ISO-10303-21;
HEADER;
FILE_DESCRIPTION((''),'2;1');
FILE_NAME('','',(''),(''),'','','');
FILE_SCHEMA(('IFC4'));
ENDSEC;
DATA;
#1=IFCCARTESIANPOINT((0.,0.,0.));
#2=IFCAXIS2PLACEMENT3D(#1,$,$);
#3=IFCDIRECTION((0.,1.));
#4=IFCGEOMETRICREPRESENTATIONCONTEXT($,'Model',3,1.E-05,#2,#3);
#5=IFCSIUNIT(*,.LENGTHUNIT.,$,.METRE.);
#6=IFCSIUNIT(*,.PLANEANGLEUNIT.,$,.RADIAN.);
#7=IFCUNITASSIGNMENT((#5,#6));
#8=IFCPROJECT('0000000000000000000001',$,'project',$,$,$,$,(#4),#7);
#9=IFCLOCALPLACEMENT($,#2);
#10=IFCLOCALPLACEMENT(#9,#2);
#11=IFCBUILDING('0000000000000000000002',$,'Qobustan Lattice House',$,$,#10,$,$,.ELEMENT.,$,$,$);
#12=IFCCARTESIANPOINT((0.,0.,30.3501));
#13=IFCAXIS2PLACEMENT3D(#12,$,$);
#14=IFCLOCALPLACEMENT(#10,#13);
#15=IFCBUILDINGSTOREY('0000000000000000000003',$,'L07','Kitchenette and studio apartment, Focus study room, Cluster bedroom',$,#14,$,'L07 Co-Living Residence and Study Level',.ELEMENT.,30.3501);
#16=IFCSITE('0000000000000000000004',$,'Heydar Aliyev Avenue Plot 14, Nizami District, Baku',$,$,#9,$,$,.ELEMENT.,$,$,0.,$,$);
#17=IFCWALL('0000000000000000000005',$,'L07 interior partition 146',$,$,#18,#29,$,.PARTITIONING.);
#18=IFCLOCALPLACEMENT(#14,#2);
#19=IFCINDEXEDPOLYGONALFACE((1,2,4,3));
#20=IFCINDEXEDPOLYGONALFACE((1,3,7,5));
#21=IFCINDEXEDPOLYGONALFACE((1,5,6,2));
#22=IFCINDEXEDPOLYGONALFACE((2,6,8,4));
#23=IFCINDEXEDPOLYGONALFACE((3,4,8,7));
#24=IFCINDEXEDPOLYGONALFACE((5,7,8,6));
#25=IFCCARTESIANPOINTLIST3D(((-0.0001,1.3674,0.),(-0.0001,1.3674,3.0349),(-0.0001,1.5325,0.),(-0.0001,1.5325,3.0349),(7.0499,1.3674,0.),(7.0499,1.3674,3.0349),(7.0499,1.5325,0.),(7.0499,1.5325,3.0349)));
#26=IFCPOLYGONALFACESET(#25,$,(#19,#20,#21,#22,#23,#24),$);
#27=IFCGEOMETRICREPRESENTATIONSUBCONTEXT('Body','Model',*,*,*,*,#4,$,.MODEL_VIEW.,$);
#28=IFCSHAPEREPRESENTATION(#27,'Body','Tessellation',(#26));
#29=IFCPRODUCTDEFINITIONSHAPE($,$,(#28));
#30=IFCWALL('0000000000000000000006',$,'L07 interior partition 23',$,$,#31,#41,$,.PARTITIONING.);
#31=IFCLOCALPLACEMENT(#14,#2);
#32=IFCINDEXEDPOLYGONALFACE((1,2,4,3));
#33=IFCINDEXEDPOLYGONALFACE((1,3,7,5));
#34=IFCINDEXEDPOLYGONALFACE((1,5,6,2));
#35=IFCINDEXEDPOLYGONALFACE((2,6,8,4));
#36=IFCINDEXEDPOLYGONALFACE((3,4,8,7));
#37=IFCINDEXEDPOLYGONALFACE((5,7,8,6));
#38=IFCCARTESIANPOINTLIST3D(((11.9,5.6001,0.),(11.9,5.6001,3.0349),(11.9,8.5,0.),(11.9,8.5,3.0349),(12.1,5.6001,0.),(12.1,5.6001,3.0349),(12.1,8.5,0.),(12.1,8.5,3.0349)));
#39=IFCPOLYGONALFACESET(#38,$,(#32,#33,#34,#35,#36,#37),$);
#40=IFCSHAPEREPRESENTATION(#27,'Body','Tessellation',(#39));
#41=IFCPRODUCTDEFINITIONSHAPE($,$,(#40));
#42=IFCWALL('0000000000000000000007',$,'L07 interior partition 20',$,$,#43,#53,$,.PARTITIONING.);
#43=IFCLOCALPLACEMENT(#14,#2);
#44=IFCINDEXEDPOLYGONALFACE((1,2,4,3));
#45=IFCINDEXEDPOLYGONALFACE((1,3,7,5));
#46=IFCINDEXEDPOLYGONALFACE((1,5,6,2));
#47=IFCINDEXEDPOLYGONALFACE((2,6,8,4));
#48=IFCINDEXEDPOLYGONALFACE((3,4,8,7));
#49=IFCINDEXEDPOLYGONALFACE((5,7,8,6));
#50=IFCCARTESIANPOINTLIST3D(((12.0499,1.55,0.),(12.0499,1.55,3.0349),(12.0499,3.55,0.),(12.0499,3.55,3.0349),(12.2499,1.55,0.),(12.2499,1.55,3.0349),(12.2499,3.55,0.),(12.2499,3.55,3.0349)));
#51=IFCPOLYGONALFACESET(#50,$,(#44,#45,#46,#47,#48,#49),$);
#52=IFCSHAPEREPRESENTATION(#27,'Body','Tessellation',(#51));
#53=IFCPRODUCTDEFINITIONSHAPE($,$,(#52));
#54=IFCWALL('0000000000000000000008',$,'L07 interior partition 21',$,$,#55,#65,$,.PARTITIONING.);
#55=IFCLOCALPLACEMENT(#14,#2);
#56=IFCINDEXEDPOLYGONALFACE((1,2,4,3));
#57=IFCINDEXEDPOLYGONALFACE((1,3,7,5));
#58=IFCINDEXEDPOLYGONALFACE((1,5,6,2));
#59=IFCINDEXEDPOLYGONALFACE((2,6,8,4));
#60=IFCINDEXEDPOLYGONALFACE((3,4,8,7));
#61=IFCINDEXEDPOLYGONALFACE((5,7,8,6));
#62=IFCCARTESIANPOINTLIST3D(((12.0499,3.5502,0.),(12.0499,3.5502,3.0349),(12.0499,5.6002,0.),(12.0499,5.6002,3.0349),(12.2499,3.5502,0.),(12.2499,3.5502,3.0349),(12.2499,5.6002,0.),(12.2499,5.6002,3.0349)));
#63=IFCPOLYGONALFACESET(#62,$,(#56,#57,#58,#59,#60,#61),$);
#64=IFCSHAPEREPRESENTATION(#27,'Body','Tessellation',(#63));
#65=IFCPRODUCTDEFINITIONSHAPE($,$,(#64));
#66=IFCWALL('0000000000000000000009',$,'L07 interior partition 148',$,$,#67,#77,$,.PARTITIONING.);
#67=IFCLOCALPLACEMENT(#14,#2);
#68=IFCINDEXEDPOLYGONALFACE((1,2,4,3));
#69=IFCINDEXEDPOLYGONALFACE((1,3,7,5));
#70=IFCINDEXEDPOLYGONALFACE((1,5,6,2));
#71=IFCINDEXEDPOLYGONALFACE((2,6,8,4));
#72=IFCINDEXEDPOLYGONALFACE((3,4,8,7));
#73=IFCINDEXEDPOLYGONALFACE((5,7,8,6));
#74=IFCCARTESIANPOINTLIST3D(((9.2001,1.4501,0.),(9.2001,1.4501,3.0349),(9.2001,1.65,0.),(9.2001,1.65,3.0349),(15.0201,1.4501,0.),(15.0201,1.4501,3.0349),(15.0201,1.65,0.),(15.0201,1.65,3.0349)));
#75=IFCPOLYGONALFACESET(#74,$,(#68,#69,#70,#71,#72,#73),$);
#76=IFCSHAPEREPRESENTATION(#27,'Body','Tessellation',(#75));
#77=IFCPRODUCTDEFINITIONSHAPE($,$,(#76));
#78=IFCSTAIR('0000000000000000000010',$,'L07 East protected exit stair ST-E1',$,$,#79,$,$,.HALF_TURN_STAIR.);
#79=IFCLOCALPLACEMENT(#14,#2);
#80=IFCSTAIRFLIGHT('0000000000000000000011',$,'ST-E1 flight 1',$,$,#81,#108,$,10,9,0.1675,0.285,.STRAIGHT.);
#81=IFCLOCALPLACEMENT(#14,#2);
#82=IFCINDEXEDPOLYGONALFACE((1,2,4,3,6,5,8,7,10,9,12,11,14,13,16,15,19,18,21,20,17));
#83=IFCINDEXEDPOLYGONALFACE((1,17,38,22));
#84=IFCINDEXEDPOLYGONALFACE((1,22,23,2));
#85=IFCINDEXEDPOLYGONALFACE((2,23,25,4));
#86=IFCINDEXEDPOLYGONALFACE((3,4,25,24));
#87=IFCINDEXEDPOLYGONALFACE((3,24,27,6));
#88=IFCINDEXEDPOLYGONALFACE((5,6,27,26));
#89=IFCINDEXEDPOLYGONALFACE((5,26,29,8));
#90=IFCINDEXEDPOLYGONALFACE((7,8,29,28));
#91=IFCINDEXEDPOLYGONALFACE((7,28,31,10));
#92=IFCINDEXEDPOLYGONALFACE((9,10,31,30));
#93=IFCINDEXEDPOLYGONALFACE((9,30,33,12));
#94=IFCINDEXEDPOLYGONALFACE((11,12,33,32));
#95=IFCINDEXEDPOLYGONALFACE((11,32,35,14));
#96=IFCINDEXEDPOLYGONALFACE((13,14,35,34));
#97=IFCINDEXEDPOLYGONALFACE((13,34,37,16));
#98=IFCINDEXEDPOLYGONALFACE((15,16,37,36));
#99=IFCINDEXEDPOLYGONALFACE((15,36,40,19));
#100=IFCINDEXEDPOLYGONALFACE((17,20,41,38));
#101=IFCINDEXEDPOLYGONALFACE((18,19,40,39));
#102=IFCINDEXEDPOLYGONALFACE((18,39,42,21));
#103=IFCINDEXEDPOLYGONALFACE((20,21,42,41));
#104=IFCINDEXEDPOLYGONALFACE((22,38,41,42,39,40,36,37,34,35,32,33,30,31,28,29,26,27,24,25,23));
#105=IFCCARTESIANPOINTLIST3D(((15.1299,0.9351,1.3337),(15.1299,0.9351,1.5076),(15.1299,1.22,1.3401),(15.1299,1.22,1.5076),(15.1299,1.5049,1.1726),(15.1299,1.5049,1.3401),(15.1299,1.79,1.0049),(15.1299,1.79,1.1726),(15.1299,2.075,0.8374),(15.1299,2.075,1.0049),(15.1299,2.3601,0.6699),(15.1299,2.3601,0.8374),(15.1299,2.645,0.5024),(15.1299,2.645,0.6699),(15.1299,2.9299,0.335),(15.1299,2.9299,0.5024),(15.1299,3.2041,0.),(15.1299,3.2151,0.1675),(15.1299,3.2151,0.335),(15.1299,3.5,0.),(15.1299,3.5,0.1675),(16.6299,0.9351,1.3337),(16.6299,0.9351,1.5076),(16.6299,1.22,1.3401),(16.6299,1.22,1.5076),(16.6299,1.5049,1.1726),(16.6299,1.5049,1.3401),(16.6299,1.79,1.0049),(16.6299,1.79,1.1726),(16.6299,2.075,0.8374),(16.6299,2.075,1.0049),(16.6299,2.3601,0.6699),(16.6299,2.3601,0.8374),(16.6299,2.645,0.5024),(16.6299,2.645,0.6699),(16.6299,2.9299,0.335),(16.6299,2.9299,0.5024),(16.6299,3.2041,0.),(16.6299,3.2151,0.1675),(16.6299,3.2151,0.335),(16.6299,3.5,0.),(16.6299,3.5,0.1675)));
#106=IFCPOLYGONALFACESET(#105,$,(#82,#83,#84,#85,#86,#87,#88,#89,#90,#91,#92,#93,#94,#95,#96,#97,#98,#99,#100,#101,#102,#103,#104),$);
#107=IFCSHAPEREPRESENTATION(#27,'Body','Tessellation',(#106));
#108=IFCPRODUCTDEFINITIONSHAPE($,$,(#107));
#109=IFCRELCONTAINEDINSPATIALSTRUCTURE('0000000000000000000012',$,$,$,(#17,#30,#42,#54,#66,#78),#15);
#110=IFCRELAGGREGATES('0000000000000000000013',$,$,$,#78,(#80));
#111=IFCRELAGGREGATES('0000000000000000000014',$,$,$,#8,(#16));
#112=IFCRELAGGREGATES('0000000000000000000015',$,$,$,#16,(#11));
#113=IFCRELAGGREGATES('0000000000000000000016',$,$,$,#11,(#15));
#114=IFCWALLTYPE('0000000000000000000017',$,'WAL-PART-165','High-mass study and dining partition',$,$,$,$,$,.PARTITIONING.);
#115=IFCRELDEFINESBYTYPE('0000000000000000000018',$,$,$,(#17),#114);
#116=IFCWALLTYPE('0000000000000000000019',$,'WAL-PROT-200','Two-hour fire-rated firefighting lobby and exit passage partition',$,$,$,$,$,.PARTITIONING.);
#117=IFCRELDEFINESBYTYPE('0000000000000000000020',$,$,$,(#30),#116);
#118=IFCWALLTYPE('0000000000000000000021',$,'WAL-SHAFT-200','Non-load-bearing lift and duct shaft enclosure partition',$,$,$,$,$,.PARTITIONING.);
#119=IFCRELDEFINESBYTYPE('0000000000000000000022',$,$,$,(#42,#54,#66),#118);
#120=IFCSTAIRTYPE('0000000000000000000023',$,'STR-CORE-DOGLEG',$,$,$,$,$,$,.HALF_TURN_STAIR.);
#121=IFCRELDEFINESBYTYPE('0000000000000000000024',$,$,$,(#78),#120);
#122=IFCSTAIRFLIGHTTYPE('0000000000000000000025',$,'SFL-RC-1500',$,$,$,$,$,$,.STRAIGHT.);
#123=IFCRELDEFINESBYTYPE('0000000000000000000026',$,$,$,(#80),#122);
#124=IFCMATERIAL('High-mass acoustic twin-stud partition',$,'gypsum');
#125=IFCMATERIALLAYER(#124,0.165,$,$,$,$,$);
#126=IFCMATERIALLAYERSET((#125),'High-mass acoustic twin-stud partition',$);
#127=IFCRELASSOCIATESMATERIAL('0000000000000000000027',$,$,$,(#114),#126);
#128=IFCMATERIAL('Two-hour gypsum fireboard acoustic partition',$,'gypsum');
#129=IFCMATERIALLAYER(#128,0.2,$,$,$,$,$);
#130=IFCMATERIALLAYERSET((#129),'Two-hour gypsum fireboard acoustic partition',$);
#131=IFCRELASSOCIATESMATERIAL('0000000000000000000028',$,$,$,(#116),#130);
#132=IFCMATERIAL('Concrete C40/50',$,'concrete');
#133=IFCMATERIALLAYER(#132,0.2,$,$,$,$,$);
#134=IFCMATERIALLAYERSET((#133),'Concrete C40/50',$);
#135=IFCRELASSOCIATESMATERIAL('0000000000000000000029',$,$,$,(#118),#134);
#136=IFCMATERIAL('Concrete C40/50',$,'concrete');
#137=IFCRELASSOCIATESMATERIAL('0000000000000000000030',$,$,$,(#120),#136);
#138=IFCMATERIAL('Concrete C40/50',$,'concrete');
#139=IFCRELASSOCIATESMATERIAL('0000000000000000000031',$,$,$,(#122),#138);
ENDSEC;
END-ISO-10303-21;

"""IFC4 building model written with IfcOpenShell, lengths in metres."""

from ifc_helpers import new_model, si_unit, direction, frame, frame_2d, origin, place, context, subcontext, project, spatial, polyline, rectangle, outline, extrude, material, layer, layer_set, type_object, element, aggregate, save


model = new_model("IFC4")

# Units and contexts
model_context = context("Model", 3, precision=1e-05, world=origin(), true_north=direction((0.0, 1.0)))
body_context = subcontext(model_context, "Body", "Model", "MODEL_VIEW")
ifc_project = project(units=[si_unit("LENGTHUNIT", "METRE"), si_unit("PLANEANGLEUNIT", "RADIAN")], contexts=[model_context])

# Site, building, storey
site_placement = place(None, origin())
site = spatial("IfcSite", under=ifc_project, at=site_placement, Name="Heydar Aliyev Avenue Plot 14, Nizami District, Baku", CompositionType="ELEMENT", RefElevation=0.0)
building_placement = place(site_placement, origin())
building = spatial("IfcBuilding", under=site, at=building_placement, Name="Qobustan Lattice House", CompositionType="ELEMENT")
storey_placement = place(building_placement, frame((0.0, 0.0, 30.3501)))
storey = spatial("IfcBuildingStorey", under=building, at=storey_placement, Name="L07", Description="Kitchenette and studio apartment, Focus study room, Cluster bedroom", LongName="L07 Co-Living Residence and Study Level", CompositionType="ELEMENT", Elevation=30.3501)

# Shared definitions
ifc_material_1 = material(Name="High-mass acoustic twin-stud partition", Category="gypsum")
ifc_layer_1 = layer(ifc_material_1, 0.165)
ifc_layer_set_1 = layer_set([ifc_layer_1], Name="High-mass acoustic twin-stud partition")
wall_type_1 = type_object("IfcWallType", Name="WAL-PART-165", Description="High-mass study and dining partition", PredefinedType="PARTITIONING", material=ifc_layer_set_1)

# Walls
for number, where, z_axis, x_axis, name in (
    (1, (0.0, 1.45, 0.0), (0.0, 0.0, 1.0), (1.0, 0.0, 0.0), "L07 interior partition 146"),
):
    element("IfcWall", number, at=place(storey_placement, frame(where, z_axis=z_axis, x_axis=x_axis)), inside=storey, type_object=wall_type_1, Name=name, PredefinedType="PARTITIONING", context=body_context, shape_type="SweptSolid", body=[
        extrude(rectangle(XDim=7.05, YDim=0.165, at=frame_2d((3.5249, 0.0))), origin(), (0.0, 0.0, 1.0), 3.0349),
    ])
ifc_material_2 = material(Name="Two-hour gypsum fireboard acoustic partition", Category="gypsum")
ifc_layer_2 = layer(ifc_material_2, 0.2)
ifc_layer_set_2 = layer_set([ifc_layer_2], Name="Two-hour gypsum fireboard acoustic partition")
wall_type_2 = type_object("IfcWallType", Name="WAL-PROT-200", Description="Two-hour fire-rated firefighting lobby and exit passage partition", PredefinedType="PARTITIONING", material=ifc_layer_set_2)
wall_1_placement = place(storey_placement, frame((12.0, 8.5, 0.0), z_axis=(0.0, 0.0, 1.0), x_axis=(0.0, -1.0, 0.0)))
element("IfcWall", 2, at=wall_1_placement, inside=storey, type_object=wall_type_2, Name="L07 interior partition 23", PredefinedType="PARTITIONING", context=body_context, shape_type="SweptSolid", body=[
    extrude(rectangle(XDim=2.8999, YDim=0.2, at=frame_2d((1.45, 0.0))), origin(), (0.0, 0.0, 1.0), 3.0349),
])
ifc_material_3 = material(Name="Concrete C40/50", Category="concrete")
ifc_layer_3 = layer(ifc_material_3, 0.2)
ifc_layer_set_3 = layer_set([ifc_layer_3], Name="Concrete C40/50")
wall_type_3 = type_object("IfcWallType", Name="WAL-SHAFT-200", Description="Non-load-bearing lift and duct shaft enclosure partition", PredefinedType="PARTITIONING", material=ifc_layer_set_3)
wall_2_placement = place(storey_placement, frame((12.1499, 3.55, 0.0), z_axis=(0.0, 0.0, 1.0), x_axis=(0.0, -1.0, 0.0)))
element("IfcWall", 3, at=wall_2_placement, inside=storey, type_object=wall_type_3, Name="L07 interior partition 20", PredefinedType="PARTITIONING", context=body_context, shape_type="SweptSolid", body=[
    extrude(rectangle(XDim=2.0, YDim=0.2, at=frame_2d((1.0, 0.0))), origin(), (0.0, 0.0, 1.0), 3.0349),
])
wall_3_placement = place(storey_placement, frame((12.1499, 5.6001, 0.0), z_axis=(0.0, 0.0, 1.0), x_axis=(0.0, -1.0, 0.0)))
element("IfcWall", 4, at=wall_3_placement, inside=storey, type_object=wall_type_3, Name="L07 interior partition 21", PredefinedType="PARTITIONING", context=body_context, shape_type="SweptSolid", body=[
    extrude(rectangle(XDim=2.05, YDim=0.2, at=frame_2d((1.0249, 0.0))), origin(), (0.0, 0.0, 1.0), 3.0349),
])
wall_4_placement = place(storey_placement, frame((9.2, 1.55, 0.0), z_axis=(0.0, 0.0, 1.0), x_axis=(1.0, 0.0, 0.0)))
element("IfcWall", 5, at=wall_4_placement, inside=storey, type_object=wall_type_3, Name="L07 interior partition 148", PredefinedType="PARTITIONING", context=body_context, shape_type="SweptSolid", body=[
    extrude(rectangle(XDim=5.8201, YDim=0.2, at=frame_2d((2.9102, 0.0))), origin(), (0.0, 0.0, 1.0), 3.0349),
])

# Stair, stair flight
ifc_material_4 = material(Name="Concrete C40/50", Category="concrete")
stair_type = type_object("IfcStairType", Name="STR-CORE-DOGLEG", PredefinedType="HALF_TURN_STAIR", material=ifc_material_4)
stair_placement = place(storey_placement, origin())
stair = element("IfcStair", 6, at=stair_placement, inside=storey, type_object=stair_type, Name="L07 East protected exit stair ST-E1", PredefinedType="HALF_TURN_STAIR")
ifc_material_5 = material(Name="Concrete C40/50", Category="concrete")
stair_flight_type = type_object("IfcStairFlightType", Name="SFL-RC-1500", PredefinedType="STRAIGHT", material=ifc_material_5)
stair_flight_placement = place(storey_placement, frame((15.8799, 3.5, 0.0), z_axis=(0.0, 0.0, 1.0), x_axis=(0.0, -1.0, 0.0)))
stair_flight = element("IfcStairFlight", 7, at=stair_flight_placement, type_object=stair_flight_type, Name="ST-E1 flight 1", NumberOfRisers=10, NumberOfTreads=9, PredefinedType="STRAIGHT", RiserHeight=0.1675, TreadLength=0.285, context=body_context, shape_type="SweptSolid", body=[
    extrude(outline(polyline([(0.0, 0.0), (0.0, 0.1675), (0.2849, 0.1675), (0.2849, 0.335), (0.5701, 0.335), (0.5701, 0.5024), (0.855, 0.5024), (0.855, 0.6699), (1.1399, 0.6699), (1.1399, 0.8374), (1.425, 0.8374), (1.425, 1.0049), (1.71, 1.0049), (1.71, 1.1726), (1.9951, 1.1726), (1.9951, 1.3401), (2.28, 1.3401), (2.28, 1.5076), (2.5649, 1.5076), (2.5649, 1.675), (2.5649, 1.3337), (0.2959, 0.0), (0.0, 0.0)])), frame((0.0, 0.75, 0.0), z_axis=(0.0, -1.0, 0.0), x_axis=(1.0, 0.0, 0.0)), (0.0, 0.0, 1.0), 1.5),
])
aggregate(stair, [stair_flight])

save(model, "model.ifc")
